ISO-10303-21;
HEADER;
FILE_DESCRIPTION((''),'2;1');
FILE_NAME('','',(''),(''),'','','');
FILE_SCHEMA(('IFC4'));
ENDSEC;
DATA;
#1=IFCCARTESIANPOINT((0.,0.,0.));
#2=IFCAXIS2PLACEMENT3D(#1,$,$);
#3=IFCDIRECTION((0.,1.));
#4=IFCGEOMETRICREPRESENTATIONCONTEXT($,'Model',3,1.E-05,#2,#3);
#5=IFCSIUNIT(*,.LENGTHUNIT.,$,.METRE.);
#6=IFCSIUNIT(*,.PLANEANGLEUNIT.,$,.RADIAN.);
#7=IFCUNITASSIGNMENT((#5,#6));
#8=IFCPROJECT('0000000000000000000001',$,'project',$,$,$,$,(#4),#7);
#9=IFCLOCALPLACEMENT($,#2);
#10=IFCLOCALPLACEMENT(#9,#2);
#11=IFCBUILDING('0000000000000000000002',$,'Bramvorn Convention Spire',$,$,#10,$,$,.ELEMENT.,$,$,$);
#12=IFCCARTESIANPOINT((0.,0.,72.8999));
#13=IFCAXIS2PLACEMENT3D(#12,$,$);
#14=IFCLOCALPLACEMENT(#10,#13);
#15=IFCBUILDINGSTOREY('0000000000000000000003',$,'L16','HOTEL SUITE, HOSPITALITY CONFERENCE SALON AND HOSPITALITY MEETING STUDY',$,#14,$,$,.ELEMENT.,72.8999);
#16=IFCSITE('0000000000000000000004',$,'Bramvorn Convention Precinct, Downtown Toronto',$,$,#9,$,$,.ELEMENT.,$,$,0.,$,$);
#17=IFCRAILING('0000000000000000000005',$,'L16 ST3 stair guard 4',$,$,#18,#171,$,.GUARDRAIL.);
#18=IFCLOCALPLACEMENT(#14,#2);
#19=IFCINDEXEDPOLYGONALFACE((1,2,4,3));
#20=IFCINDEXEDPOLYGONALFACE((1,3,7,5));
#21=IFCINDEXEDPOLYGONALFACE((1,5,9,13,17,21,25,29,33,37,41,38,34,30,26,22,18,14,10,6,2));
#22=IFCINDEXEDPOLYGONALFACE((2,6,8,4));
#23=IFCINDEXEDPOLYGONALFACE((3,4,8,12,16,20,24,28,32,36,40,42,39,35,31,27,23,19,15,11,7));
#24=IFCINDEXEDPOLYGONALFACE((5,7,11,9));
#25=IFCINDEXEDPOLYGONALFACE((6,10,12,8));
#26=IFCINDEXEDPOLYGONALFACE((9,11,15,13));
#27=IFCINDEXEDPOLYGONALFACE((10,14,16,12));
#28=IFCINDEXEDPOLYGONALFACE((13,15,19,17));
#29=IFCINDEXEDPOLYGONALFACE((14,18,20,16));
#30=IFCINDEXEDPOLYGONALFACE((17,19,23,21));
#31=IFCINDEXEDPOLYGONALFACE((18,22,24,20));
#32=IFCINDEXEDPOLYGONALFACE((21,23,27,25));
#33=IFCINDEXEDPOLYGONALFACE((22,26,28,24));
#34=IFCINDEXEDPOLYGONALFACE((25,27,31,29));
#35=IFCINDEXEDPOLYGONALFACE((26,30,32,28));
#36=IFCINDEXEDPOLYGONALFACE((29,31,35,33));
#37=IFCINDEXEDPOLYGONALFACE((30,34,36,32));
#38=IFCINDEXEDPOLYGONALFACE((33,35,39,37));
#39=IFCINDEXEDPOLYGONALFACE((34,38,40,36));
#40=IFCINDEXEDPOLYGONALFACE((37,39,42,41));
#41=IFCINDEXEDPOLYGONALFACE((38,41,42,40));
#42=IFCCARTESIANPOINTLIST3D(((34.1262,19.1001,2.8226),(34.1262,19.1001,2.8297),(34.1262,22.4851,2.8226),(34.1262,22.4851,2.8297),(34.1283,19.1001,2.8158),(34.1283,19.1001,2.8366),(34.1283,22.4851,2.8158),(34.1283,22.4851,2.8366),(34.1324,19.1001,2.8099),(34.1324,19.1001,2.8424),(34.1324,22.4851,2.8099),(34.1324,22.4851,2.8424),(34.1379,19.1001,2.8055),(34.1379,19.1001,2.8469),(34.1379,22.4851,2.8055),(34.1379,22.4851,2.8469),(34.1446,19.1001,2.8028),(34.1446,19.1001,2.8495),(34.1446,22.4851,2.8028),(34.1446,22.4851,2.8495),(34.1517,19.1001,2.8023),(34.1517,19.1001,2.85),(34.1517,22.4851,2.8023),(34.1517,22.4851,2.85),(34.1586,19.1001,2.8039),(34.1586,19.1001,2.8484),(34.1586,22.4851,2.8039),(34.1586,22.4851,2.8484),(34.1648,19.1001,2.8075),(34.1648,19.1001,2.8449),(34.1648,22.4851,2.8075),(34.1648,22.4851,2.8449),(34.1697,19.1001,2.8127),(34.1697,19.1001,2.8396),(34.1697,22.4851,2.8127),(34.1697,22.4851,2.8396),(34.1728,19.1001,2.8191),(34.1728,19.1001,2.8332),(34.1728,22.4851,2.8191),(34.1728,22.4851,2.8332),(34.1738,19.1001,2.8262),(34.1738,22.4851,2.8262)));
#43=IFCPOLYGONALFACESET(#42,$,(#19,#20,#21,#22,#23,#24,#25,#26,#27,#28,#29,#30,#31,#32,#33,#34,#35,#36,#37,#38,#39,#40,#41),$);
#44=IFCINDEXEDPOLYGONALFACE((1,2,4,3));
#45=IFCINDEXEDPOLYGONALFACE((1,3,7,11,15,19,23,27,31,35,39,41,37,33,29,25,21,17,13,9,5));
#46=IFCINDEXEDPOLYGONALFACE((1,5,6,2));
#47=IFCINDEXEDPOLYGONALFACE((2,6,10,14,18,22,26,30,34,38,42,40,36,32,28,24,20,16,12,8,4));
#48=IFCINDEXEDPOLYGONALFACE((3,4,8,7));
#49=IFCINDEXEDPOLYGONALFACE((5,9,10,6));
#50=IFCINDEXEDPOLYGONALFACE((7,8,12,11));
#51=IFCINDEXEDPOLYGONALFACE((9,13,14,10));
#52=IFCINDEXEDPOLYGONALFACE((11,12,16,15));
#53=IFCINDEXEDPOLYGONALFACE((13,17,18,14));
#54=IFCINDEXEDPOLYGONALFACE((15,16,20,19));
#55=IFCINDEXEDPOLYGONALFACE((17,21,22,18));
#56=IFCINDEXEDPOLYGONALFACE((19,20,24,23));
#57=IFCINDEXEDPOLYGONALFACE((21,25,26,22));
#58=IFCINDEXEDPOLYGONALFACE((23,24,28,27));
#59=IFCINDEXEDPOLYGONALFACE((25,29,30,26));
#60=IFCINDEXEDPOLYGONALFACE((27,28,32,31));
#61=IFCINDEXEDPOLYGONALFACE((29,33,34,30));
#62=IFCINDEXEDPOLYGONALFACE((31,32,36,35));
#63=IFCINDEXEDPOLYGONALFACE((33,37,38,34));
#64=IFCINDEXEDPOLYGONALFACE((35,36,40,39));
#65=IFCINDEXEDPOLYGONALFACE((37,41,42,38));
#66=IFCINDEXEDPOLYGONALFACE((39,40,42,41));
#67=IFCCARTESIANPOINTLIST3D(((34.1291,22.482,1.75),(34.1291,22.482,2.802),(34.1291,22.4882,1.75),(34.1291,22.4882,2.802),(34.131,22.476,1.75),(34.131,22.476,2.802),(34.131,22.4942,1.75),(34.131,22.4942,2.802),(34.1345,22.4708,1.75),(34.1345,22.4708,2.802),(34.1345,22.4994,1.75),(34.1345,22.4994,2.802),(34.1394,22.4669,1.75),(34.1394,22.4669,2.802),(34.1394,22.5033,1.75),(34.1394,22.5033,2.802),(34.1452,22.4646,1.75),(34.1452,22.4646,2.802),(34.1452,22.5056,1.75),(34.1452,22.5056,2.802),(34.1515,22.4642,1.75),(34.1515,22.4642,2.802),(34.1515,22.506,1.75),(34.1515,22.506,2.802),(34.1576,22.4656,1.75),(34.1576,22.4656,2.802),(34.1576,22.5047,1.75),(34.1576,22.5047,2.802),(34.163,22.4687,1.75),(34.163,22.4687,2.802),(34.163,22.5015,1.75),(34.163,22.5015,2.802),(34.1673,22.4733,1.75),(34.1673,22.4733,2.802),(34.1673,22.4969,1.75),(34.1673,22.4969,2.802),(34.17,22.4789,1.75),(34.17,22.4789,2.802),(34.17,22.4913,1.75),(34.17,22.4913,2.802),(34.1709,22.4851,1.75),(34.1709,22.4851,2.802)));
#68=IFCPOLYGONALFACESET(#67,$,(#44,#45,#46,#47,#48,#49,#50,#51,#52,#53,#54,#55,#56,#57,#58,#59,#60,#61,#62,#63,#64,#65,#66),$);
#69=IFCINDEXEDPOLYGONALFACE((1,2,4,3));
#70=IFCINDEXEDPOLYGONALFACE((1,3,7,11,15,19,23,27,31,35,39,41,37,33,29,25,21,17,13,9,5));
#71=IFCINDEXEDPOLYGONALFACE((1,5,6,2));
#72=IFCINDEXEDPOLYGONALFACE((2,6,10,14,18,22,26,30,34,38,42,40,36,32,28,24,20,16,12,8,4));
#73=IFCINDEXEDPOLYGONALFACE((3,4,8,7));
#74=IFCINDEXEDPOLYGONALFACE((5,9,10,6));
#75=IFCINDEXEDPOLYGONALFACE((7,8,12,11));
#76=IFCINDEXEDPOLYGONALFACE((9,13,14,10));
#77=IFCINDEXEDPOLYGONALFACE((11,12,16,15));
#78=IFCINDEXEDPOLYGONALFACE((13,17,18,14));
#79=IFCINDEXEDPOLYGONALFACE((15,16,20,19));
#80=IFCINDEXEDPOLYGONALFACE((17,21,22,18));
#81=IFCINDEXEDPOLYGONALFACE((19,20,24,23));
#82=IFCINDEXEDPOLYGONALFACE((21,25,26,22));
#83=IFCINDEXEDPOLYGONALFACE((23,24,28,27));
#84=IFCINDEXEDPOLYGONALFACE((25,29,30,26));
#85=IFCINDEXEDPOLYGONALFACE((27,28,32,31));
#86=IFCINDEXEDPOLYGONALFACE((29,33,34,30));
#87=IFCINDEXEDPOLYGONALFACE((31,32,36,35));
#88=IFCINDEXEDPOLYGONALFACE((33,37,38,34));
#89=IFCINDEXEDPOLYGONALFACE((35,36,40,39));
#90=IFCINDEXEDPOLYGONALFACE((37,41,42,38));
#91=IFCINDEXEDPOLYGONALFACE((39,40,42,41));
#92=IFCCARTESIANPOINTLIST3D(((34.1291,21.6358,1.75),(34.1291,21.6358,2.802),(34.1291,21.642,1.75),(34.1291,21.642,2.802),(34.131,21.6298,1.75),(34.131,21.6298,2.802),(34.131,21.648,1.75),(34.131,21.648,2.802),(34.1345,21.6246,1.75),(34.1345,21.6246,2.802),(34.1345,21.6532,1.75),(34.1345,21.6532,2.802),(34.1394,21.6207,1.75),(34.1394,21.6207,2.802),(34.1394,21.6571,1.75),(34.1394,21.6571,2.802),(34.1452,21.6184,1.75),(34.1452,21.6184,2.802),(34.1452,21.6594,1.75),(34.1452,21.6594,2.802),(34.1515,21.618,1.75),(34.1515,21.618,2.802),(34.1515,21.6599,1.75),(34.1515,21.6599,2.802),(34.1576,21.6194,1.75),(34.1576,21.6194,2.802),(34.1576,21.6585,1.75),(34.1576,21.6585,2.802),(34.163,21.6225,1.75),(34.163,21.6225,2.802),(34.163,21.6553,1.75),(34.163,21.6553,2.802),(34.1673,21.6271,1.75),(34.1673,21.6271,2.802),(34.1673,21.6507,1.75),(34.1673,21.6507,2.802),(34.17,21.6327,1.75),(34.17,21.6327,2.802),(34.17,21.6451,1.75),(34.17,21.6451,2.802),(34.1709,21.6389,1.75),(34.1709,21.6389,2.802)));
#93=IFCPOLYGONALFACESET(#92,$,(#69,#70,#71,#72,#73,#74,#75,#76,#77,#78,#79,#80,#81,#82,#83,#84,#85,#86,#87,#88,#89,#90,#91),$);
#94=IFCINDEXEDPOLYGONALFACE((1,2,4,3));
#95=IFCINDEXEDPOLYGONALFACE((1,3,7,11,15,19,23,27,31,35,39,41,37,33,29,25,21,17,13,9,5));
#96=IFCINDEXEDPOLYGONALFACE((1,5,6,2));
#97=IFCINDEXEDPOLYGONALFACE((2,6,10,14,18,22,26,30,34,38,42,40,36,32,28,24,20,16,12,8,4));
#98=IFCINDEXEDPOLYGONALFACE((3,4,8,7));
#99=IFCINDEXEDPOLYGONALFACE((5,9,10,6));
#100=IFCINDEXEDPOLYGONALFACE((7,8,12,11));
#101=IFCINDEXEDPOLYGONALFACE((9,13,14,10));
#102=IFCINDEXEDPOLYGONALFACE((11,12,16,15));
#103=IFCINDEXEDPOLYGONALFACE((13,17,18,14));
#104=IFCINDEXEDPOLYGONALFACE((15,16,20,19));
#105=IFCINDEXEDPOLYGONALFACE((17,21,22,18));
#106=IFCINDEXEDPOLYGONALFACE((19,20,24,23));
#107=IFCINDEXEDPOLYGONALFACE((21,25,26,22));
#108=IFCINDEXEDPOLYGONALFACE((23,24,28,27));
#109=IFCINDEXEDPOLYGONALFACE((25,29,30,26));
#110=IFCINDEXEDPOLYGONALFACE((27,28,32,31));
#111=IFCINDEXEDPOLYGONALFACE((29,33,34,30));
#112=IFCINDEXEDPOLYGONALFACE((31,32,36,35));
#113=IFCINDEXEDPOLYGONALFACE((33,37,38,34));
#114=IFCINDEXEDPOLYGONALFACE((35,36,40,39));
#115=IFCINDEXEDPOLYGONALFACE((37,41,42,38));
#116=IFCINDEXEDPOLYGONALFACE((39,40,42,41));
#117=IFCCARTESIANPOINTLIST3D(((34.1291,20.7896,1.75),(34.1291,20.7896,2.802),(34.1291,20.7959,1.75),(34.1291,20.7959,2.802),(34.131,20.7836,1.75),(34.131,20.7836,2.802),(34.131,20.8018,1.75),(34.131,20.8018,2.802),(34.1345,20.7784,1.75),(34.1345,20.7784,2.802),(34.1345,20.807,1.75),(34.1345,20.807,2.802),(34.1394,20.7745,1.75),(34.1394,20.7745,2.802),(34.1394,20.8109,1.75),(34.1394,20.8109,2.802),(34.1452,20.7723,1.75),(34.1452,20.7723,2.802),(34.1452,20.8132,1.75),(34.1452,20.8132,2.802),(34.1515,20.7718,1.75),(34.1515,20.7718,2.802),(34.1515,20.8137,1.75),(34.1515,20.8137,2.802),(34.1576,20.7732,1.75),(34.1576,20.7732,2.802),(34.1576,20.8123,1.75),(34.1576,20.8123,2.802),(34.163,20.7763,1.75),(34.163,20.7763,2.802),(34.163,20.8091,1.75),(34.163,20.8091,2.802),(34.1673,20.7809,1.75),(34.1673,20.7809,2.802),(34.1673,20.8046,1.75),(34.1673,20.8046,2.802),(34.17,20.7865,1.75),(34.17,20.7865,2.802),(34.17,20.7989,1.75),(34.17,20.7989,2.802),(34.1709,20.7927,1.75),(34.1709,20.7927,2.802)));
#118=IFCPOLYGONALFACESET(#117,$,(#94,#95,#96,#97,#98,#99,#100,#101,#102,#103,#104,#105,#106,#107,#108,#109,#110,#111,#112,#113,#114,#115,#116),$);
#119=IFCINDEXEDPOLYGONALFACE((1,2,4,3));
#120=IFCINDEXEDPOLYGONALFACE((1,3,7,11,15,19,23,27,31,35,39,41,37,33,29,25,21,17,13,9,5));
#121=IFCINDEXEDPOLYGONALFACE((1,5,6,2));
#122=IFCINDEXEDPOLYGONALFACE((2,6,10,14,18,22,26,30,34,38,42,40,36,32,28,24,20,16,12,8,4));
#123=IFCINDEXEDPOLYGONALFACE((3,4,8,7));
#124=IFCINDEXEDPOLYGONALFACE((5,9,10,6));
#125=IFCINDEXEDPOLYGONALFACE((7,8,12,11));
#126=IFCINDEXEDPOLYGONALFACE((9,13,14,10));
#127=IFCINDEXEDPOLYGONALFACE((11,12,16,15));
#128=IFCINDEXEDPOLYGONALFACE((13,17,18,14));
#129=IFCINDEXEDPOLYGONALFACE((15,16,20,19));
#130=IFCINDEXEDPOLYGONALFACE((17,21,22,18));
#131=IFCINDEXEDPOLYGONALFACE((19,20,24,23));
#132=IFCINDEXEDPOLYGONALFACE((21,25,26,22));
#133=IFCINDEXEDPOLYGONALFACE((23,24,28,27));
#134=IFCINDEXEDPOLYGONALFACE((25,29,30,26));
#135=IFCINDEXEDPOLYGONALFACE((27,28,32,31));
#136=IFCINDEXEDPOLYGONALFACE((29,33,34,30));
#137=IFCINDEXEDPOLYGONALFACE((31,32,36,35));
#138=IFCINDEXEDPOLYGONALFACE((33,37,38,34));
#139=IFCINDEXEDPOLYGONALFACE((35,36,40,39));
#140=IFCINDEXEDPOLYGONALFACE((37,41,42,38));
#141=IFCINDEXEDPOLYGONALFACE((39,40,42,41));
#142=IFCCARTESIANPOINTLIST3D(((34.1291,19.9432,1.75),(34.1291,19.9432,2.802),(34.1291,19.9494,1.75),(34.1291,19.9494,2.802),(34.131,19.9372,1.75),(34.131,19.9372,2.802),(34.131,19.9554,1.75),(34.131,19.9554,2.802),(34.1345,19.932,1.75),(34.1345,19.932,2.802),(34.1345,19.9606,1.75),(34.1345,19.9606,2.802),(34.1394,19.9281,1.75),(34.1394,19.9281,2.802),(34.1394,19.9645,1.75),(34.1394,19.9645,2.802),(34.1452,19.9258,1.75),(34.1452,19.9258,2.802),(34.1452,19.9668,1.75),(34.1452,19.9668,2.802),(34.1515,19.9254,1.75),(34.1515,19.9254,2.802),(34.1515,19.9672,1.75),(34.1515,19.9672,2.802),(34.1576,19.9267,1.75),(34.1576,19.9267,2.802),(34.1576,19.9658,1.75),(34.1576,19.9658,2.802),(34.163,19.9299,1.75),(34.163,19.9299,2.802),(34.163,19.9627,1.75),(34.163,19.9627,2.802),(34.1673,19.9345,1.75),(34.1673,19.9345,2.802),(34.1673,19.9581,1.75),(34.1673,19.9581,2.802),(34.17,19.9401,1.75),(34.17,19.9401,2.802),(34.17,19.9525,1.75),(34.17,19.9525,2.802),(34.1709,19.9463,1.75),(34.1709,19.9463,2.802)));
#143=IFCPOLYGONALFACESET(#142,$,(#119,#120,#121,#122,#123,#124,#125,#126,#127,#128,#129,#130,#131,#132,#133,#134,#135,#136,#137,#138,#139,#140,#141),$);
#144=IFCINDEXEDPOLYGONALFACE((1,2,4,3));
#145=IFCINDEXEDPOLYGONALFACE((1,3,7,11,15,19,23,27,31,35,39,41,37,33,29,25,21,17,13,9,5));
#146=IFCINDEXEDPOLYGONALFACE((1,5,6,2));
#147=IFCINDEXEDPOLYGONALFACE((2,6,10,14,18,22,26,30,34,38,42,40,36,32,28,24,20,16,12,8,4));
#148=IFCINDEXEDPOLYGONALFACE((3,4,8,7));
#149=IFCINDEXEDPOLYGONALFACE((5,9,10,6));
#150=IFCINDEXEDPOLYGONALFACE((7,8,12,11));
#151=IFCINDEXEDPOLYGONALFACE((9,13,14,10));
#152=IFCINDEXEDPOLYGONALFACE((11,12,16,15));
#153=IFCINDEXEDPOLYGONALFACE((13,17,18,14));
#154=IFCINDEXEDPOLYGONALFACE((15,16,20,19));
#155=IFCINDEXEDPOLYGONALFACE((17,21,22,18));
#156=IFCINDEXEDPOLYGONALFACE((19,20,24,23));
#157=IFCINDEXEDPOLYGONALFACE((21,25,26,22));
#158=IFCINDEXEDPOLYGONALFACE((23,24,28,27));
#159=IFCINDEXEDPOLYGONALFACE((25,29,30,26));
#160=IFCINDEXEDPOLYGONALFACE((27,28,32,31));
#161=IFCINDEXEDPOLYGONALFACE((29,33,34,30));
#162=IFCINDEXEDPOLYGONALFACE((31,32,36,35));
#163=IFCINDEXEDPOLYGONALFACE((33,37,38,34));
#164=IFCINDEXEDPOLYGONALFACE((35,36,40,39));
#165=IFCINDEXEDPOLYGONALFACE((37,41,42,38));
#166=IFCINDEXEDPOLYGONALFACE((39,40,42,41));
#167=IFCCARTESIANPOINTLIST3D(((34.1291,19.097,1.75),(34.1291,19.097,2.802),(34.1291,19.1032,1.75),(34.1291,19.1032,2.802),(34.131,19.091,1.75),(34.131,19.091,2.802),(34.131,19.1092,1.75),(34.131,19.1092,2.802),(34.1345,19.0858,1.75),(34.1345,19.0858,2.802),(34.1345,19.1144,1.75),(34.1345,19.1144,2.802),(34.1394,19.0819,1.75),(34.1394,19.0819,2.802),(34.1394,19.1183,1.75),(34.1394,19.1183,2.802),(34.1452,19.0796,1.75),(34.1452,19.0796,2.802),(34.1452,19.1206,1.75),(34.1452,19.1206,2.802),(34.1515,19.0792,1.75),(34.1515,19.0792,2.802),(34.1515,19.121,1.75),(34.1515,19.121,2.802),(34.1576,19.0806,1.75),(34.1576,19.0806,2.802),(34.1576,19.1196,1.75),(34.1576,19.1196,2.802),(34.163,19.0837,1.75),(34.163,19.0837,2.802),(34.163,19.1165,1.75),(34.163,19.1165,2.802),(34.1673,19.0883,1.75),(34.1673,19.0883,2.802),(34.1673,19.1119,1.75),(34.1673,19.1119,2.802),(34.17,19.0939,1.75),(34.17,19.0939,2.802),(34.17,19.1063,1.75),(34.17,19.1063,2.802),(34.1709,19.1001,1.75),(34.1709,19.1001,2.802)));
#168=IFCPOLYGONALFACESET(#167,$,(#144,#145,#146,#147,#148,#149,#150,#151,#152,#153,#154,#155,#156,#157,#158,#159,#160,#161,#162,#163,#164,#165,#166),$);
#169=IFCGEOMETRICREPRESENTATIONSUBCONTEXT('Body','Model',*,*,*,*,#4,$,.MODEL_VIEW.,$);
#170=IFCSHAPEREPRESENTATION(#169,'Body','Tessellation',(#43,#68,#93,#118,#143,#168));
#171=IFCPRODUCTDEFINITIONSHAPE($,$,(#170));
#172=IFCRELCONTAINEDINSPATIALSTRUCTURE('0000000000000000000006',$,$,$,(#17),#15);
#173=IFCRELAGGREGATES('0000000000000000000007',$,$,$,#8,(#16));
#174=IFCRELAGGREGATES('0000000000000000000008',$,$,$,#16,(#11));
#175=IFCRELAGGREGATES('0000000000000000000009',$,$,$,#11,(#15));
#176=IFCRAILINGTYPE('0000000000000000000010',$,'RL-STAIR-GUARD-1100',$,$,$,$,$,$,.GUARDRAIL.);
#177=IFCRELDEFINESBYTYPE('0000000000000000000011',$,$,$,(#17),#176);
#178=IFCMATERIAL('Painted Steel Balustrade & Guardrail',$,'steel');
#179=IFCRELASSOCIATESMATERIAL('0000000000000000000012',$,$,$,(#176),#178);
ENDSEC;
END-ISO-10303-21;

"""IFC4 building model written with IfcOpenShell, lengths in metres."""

from ifc_helpers import new_model, si_unit, direction, frame, origin, origin_2d, place, context, subcontext, project, spatial, circle, extrude, material, type_object, element, save


model = new_model("IFC4")

# Units and contexts
model_context = context("Model", 3, precision=1e-05, world=origin(), true_north=direction((0.0, 1.0)))
body_context = subcontext(model_context, "Body", "Model", "MODEL_VIEW")
ifc_project = project(units=[si_unit("LENGTHUNIT", "METRE"), si_unit("PLANEANGLEUNIT", "RADIAN")], contexts=[model_context])

# Site, building, storey
site_placement = place(None, origin())
site = spatial("IfcSite", under=ifc_project, at=site_placement, Name="Bramvorn Convention Precinct, Downtown Toronto", CompositionType="ELEMENT", RefElevation=0.0)
building_placement = place(site_placement, origin())
building = spatial("IfcBuilding", under=site, at=building_placement, Name="Bramvorn Convention Spire", CompositionType="ELEMENT")
storey_placement = place(building_placement, frame((0.0, 0.0, 72.8999)))
storey = spatial("IfcBuildingStorey", under=building, at=storey_placement, Name="L16", Description="HOTEL SUITE, HOSPITALITY CONFERENCE SALON AND HOSPITALITY MEETING STUDY", CompositionType="ELEMENT", Elevation=72.8999)

# Railing
ifc_material_1 = material(Name="Painted Steel Balustrade & Guardrail", Category="steel")
railing_type_1 = type_object("IfcRailingType", Name="RL-STAIR-GUARD-1100", PredefinedType="GUARDRAIL", material=ifc_material_1)
railing_1_placement = place(storey_placement, frame((34.1499, 22.4851, 1.75)))
element("IfcRailing", 1, at=railing_1_placement, inside=storey, type_object=railing_type_1, Name="L16 ST3 stair guard 4", PredefinedType="GUARDRAIL", context=body_context, shape_type="SweptSolid", body=[
    extrude(circle(Radius=0.0239, at=origin_2d()), frame((0.0, 0.0, 1.0762), z_axis=(0.0, -1.0, 0.0), x_axis=(1.0, 0.0, 0.0)), (0.0, 0.0, 1.0), 3.385),
    extrude(circle(Radius=0.021, at=origin_2d()), origin(), (0.0, 0.0, 1.0), 1.052),
    extrude(circle(Radius=0.021, at=origin_2d()), frame((0.0, -0.8462, 0.0)), (0.0, 0.0, 1.0), 1.052),
    extrude(circle(Radius=0.021, at=origin_2d()), frame((0.0, -1.6924, 0.0)), (0.0, 0.0, 1.0), 1.052),
    extrude(circle(Radius=0.021, at=origin_2d()), frame((0.0, -2.5388, 0.0)), (0.0, 0.0, 1.0), 1.052),
    extrude(circle(Radius=0.021, at=origin_2d()), frame((0.0, -3.385, 0.0)), (0.0, 0.0, 1.0), 1.052),
])

save(model, "model.ifc")
